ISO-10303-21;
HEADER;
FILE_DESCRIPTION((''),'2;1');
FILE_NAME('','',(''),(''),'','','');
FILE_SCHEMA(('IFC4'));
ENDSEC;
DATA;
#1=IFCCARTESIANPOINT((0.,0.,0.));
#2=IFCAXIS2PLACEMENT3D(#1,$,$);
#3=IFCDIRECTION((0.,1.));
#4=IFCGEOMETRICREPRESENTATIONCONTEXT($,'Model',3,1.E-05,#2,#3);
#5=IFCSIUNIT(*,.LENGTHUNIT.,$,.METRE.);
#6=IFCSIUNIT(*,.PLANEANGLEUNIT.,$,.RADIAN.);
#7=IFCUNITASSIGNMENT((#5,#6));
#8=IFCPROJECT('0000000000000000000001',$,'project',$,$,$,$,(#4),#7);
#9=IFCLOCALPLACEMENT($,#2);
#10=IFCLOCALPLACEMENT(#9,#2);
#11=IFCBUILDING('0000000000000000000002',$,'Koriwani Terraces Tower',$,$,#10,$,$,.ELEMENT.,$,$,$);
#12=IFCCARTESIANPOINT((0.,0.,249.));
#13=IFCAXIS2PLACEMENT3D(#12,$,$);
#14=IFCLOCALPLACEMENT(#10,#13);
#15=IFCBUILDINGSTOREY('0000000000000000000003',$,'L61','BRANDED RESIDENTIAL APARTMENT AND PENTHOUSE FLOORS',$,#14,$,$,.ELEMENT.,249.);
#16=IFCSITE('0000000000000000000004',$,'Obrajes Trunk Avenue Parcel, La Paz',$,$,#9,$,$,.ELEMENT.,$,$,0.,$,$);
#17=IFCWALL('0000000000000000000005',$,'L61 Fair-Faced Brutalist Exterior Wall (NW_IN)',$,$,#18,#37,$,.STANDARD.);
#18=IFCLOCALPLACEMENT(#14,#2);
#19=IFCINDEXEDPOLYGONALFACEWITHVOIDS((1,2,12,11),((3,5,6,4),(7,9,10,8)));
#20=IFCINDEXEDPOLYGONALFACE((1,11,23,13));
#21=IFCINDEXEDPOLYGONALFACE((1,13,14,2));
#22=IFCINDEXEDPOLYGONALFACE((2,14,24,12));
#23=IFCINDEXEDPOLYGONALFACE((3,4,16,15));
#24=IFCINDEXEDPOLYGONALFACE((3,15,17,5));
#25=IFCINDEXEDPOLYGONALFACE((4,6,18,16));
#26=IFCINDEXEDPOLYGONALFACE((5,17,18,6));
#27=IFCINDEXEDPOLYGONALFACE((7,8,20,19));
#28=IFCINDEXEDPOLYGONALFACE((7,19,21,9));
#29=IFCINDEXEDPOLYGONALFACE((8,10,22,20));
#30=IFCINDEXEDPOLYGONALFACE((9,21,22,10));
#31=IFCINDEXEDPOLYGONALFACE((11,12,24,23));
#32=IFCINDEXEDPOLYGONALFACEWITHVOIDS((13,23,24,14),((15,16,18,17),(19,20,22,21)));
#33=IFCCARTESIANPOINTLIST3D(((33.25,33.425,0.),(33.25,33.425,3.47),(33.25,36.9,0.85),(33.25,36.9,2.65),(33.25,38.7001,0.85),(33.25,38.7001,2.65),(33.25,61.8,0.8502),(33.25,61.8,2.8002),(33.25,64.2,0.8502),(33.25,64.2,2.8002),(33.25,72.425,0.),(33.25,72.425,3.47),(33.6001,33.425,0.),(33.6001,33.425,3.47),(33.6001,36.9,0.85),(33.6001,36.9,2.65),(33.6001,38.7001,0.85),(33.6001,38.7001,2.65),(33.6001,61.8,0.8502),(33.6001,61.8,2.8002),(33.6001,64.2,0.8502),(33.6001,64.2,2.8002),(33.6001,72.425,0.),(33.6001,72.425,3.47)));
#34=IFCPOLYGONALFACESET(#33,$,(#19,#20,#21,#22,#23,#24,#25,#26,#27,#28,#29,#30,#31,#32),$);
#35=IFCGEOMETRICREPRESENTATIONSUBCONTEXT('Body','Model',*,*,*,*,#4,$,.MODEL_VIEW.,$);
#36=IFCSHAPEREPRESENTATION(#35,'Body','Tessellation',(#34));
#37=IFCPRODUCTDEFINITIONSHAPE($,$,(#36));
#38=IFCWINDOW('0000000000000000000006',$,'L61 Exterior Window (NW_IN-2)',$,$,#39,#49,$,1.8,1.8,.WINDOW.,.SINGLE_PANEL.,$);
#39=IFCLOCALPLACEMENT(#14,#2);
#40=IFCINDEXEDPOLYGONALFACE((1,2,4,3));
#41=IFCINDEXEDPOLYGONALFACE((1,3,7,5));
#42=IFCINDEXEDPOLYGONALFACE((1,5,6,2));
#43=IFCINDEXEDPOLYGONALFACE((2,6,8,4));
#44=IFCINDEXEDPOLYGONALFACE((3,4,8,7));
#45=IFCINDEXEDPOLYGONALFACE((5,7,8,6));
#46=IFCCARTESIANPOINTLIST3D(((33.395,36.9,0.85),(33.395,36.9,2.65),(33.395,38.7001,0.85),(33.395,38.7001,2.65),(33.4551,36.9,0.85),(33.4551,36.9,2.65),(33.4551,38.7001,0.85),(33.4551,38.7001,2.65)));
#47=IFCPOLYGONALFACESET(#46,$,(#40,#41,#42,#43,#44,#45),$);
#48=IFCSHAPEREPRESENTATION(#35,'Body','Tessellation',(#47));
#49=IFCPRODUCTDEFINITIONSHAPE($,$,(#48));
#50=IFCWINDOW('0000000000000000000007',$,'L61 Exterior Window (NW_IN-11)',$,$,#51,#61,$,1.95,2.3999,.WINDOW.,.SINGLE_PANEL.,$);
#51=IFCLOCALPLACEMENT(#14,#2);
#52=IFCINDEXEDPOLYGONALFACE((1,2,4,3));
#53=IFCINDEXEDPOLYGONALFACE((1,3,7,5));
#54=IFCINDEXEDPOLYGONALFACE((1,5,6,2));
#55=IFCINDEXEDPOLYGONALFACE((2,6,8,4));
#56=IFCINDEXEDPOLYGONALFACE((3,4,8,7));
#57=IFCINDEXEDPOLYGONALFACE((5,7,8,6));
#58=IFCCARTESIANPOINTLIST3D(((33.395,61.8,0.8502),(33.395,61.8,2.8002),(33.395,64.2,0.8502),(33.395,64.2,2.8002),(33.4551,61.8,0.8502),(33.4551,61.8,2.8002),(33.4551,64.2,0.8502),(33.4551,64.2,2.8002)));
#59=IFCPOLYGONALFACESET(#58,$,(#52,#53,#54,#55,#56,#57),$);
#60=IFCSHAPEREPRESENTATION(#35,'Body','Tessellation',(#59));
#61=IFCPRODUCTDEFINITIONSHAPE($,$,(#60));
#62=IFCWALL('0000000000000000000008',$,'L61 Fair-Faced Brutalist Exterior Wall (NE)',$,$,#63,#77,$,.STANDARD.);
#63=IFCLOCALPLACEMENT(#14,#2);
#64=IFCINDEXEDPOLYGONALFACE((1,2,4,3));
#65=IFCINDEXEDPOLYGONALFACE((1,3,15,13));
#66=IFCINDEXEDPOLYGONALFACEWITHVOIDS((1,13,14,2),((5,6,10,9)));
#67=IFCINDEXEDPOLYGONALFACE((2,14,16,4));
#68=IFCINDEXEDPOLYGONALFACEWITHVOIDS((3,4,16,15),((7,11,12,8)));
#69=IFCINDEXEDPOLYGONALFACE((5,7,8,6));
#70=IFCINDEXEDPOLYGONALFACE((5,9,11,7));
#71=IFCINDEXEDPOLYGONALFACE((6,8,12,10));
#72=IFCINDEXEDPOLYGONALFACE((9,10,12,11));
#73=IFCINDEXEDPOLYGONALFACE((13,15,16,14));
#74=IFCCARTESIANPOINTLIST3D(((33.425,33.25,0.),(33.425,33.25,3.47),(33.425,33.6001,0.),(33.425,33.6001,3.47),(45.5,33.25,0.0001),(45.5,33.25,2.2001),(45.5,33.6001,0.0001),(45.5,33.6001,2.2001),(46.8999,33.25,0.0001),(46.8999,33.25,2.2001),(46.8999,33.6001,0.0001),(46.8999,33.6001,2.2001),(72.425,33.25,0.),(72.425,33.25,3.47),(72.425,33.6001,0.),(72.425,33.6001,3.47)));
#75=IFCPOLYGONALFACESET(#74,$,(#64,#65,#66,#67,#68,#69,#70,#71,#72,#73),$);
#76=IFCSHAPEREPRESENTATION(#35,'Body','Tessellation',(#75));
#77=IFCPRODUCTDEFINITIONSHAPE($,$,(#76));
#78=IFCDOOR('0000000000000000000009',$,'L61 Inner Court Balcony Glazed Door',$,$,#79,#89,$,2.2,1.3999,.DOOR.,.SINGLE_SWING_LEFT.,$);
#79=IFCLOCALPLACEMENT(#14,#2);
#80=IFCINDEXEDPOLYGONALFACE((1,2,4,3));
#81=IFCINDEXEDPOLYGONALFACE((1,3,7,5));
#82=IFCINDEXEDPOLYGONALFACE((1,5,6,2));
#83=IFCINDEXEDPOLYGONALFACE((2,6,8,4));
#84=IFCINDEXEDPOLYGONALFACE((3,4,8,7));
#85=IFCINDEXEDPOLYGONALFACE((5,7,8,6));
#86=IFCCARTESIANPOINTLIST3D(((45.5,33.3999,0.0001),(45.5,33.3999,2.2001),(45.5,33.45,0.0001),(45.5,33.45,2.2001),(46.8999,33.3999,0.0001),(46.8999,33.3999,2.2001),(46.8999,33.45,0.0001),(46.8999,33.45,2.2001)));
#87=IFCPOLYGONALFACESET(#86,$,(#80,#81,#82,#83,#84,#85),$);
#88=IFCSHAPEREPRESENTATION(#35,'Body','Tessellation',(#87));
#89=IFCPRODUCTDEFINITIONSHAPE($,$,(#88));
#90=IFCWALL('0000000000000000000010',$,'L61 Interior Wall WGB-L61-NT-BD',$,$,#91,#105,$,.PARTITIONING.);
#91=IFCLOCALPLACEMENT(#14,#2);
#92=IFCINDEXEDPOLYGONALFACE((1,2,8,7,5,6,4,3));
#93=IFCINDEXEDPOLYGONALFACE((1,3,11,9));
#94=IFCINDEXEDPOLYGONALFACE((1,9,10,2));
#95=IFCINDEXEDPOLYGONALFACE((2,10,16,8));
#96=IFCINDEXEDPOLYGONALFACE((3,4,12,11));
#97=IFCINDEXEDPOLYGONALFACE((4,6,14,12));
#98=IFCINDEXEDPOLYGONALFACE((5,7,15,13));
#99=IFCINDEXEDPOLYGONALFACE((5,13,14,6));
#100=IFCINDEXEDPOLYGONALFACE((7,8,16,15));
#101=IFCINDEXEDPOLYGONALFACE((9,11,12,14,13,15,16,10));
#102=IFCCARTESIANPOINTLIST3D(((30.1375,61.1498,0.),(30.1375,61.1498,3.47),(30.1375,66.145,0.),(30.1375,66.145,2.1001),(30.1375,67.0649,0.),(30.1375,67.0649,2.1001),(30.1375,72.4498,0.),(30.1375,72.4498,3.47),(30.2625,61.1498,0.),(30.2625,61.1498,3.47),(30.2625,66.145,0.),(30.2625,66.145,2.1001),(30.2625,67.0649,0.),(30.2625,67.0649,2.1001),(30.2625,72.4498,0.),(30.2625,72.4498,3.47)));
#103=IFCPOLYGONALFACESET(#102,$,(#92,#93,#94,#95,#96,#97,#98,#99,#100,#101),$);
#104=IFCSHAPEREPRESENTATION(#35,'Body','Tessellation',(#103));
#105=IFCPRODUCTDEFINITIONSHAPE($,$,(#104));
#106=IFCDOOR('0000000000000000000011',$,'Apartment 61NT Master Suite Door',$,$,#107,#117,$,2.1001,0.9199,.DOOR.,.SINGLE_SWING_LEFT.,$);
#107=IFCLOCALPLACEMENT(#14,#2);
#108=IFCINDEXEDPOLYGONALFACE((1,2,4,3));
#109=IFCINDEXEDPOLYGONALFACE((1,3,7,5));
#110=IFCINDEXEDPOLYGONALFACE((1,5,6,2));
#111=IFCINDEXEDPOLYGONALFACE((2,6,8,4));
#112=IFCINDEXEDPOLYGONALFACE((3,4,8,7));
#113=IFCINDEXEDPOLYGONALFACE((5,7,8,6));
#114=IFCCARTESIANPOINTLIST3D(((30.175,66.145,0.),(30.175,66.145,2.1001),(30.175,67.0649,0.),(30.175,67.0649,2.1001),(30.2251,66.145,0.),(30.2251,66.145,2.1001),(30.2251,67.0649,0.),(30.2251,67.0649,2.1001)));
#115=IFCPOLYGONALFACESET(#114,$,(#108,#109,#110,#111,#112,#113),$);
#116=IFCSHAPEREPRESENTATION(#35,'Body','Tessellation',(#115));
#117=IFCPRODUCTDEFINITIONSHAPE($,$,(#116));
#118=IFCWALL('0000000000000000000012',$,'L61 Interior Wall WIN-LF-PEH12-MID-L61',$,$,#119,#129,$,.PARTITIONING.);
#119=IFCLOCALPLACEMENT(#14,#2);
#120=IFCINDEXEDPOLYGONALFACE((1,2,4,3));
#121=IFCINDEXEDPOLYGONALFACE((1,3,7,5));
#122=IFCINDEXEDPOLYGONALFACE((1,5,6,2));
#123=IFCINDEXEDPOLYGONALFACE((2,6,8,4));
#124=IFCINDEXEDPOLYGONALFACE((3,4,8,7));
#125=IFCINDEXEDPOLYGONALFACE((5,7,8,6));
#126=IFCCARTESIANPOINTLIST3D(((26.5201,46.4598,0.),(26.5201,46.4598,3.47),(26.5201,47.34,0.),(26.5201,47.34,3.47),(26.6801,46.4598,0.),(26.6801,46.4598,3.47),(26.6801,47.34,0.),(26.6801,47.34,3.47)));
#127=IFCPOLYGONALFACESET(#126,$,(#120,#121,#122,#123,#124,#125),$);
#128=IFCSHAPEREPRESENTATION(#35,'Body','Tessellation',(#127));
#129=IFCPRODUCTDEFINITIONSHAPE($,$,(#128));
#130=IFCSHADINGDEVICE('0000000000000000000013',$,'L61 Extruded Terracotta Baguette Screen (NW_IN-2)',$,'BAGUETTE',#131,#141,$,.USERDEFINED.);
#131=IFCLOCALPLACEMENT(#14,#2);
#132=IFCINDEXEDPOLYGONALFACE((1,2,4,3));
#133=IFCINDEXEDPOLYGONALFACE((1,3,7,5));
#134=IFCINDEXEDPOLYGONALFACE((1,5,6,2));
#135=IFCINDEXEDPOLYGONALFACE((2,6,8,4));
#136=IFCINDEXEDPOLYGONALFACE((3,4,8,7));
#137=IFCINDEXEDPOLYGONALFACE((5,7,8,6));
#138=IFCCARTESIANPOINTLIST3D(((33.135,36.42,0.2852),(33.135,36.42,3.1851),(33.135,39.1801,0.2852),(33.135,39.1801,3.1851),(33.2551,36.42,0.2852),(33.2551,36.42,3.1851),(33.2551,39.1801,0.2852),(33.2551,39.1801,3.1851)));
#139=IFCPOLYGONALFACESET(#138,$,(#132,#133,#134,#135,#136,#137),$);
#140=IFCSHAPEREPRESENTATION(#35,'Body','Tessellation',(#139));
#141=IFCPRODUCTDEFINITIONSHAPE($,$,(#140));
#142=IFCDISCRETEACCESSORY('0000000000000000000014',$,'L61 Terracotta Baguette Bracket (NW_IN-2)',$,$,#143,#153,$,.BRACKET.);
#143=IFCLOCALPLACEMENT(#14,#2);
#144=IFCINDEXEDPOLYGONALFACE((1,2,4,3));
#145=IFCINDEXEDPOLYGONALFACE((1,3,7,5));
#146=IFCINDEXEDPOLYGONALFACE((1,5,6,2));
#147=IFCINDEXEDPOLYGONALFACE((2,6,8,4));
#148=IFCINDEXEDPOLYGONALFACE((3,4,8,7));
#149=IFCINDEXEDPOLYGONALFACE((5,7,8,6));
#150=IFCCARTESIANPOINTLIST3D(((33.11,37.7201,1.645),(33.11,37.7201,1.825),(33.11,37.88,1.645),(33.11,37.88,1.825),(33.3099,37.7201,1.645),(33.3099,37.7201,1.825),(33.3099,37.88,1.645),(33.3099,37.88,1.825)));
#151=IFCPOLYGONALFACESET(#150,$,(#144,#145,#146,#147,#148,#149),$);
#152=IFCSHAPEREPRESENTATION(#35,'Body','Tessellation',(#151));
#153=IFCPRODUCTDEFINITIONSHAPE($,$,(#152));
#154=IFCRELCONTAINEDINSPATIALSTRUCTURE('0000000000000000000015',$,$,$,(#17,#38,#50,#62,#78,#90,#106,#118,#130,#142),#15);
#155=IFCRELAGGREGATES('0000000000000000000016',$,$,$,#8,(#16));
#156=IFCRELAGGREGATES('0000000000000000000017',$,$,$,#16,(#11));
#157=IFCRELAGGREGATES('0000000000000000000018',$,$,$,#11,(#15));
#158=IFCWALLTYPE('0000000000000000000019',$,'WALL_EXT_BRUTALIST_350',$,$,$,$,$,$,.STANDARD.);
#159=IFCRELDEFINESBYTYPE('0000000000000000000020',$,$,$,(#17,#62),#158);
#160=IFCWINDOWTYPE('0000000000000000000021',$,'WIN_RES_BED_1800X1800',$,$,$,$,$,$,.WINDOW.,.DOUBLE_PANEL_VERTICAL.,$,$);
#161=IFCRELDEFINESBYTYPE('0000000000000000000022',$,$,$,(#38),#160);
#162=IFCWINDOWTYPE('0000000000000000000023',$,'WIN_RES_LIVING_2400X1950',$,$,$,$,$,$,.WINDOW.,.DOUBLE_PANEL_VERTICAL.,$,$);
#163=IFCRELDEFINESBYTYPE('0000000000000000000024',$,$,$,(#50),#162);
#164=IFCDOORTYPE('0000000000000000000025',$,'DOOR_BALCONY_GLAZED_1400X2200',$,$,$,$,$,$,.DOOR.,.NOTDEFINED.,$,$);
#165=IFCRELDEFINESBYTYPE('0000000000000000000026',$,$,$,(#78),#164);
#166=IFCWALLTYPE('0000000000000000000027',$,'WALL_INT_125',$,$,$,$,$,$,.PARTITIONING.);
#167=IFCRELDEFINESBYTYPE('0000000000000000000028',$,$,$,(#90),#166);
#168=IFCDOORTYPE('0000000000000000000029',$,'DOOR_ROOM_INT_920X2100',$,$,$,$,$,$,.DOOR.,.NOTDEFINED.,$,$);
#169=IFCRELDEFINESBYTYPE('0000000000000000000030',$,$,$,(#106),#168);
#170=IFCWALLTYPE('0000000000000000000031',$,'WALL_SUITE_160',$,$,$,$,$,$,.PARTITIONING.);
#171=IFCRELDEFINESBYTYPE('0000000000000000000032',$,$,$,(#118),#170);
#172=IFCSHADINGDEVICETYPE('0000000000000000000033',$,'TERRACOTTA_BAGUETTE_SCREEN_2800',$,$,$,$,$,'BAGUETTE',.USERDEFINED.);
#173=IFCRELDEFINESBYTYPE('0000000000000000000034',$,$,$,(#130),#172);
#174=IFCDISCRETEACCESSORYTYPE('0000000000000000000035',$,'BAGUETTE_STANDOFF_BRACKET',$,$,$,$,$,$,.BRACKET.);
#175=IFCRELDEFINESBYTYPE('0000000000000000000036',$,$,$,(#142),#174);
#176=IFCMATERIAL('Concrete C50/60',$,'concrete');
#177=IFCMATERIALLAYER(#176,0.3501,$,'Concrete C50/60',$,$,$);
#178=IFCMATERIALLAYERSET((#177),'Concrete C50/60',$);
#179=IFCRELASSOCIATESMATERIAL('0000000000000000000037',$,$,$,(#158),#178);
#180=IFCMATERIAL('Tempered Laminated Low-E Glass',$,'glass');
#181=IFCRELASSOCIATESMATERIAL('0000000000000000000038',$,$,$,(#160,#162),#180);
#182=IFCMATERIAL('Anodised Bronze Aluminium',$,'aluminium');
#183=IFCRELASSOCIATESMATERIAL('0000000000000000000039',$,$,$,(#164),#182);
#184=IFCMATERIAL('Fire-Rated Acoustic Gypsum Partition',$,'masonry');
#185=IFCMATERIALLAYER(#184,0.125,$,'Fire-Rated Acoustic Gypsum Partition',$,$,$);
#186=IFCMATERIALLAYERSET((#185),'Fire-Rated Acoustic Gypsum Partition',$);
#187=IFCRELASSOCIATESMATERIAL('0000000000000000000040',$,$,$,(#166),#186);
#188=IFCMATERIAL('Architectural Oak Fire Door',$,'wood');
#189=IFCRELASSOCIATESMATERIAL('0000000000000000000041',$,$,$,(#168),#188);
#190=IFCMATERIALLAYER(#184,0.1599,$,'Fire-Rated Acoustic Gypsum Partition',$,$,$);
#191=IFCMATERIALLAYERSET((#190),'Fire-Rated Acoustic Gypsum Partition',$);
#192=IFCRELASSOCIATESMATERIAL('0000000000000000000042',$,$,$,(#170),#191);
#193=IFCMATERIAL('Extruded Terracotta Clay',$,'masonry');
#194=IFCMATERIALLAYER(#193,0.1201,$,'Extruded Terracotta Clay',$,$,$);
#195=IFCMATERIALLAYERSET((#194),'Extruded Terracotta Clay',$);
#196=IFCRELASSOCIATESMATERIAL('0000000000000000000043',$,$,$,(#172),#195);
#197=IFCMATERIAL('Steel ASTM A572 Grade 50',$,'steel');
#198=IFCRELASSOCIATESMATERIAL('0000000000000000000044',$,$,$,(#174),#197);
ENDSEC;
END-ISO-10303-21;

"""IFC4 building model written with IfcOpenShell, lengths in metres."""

from ifc_helpers import new_model, si_unit, direction, frame, frame_2d, origin, origin_2d, place, context, subcontext, project, spatial, rectangle, extrude, material, layer, layer_set, type_object, element, fill, save


model = new_model("IFC4")

# Units and contexts
model_context = context("Model", 3, precision=1e-05, world=origin(), true_north=direction((0.0, 1.0)))
body_context = subcontext(model_context, "Body", "Model", "MODEL_VIEW")
ifc_project = project(units=[si_unit("LENGTHUNIT", "METRE"), si_unit("PLANEANGLEUNIT", "RADIAN")], contexts=[model_context])

# Site, building, storey
site_placement = place(None, origin())
site = spatial("IfcSite", under=ifc_project, at=site_placement, Name="Obrajes Trunk Avenue Parcel, La Paz", CompositionType="ELEMENT", RefElevation=0.0)
building_placement = place(site_placement, origin())
building = spatial("IfcBuilding", under=site, at=building_placement, Name="Koriwani Terraces Tower", CompositionType="ELEMENT")
storey_placement = place(building_placement, frame((0.0, 0.0, 249.0)))
storey = spatial("IfcBuildingStorey", under=building, at=storey_placement, Name="L61", Description="BRANDED RESIDENTIAL APARTMENT AND PENTHOUSE FLOORS", CompositionType="ELEMENT", Elevation=249.0)

# Shared definitions
ifc_material_1 = material(Name="Concrete C50/60", Category="concrete")

# Shared definitions
ifc_material_2 = material(Name="Steel ASTM A572 Grade 50", Category="steel")

# Shared definitions
ifc_layer_1 = layer(ifc_material_1, 0.3501, Name="Concrete C50/60")
ifc_layer_set_1 = layer_set([ifc_layer_1], Name="Concrete C50/60")
wall_type_1 = type_object("IfcWallType", Name="WALL_EXT_BRUTALIST_350", PredefinedType="STANDARD", material=ifc_layer_set_1)

# Shared definitions
ifc_material_3 = material(Name="Tempered Laminated Low-E Glass", Category="glass")
window_type_1 = type_object("IfcWindowType", Name="WIN_RES_BED_1800X1800", PartitioningType="DOUBLE_PANEL_VERTICAL", PredefinedType="WINDOW", material=ifc_material_3)

# Wall, openings, windows
wall_1_placement = place(storey_placement, frame((33.425, 72.425, 0.0), z_axis=(0.0, 0.0, 1.0), x_axis=(0.0, -1.0, 0.0)))
wall_1 = element("IfcWall", 1, at=wall_1_placement, inside=storey, type_object=wall_type_1, Name="L61 Fair-Faced Brutalist Exterior Wall (NW_IN)", PredefinedType="STANDARD", context=body_context, shape_type="SweptSolid", body=[
    extrude(rectangle(XDim=39.0, YDim=0.3501, at=frame_2d((19.5, 0.0))), origin(), (0.0, 0.0, 1.0), 3.47),
])
opening_1_placement = place(wall_1_placement, frame((33.7251, 0.0, 0.8501)))
opening_1 = element("IfcOpeningElement", 2, at=opening_1_placement, cuts=wall_1, PredefinedType="OPENING", context=body_context, shape_type="SweptSolid", body=[
    extrude(rectangle(XDim=1.8, YDim=1.8, at=frame_2d((0.8999, 0.8999))), frame((0.0, 0.1851, 0.0), z_axis=(0.0, -1.0, 0.0), x_axis=(1.0, 0.0, 0.0)), (0.0, 0.0, 1.0), 0.3701),
])
opening_2_placement = place(wall_1_placement, frame((8.2251, 0.0, 0.8501)))
opening_2 = element("IfcOpeningElement", 3, at=opening_2_placement, cuts=wall_1, PredefinedType="OPENING", context=body_context, shape_type="SweptSolid", body=[
    extrude(rectangle(XDim=2.3999, YDim=1.95, at=frame_2d((1.2, 0.9751))), frame((0.0, 0.1851, 0.0), z_axis=(0.0, -1.0, 0.0), x_axis=(1.0, 0.0, 0.0)), (0.0, 0.0, 1.0), 0.3701),
])
window_1_placement = place(opening_1_placement, origin())
window_1 = element("IfcWindow", 4, at=window_1_placement, inside=storey, type_object=window_type_1, Name="L61 Exterior Window (NW_IN-2)", OverallHeight=1.8, OverallWidth=1.8, PartitioningType="SINGLE_PANEL", PredefinedType="WINDOW", context=body_context, shape_type="SweptSolid", body=[
    extrude(rectangle(XDim=1.8, YDim=1.8, at=frame_2d((0.8999, 0.8999))), frame((0.0, 0.03, 0.0), z_axis=(0.0, -1.0, 0.0), x_axis=(1.0, 0.0, 0.0)), (0.0, 0.0, 1.0), 0.0601),
])
fill(opening_1, window_1)
window_type_2 = type_object("IfcWindowType", Name="WIN_RES_LIVING_2400X1950", PartitioningType="DOUBLE_PANEL_VERTICAL", PredefinedType="WINDOW", material=ifc_material_3)
window_2_placement = place(opening_2_placement, origin())
window_2 = element("IfcWindow", 5, at=window_2_placement, inside=storey, type_object=window_type_2, Name="L61 Exterior Window (NW_IN-11)", OverallHeight=1.95, OverallWidth=2.3999, PartitioningType="SINGLE_PANEL", PredefinedType="WINDOW", context=body_context, shape_type="SweptSolid", body=[
    extrude(rectangle(XDim=2.3999, YDim=1.95, at=frame_2d((1.2, 0.9751))), frame((0.0, 0.03, 0.0), z_axis=(0.0, -1.0, 0.0), x_axis=(1.0, 0.0, 0.0)), (0.0, 0.0, 1.0), 0.0601),
])
fill(opening_2, window_2)

# Walls, openings, doors
wall_2_placement = place(storey_placement, frame((33.425, 33.425, 0.0), z_axis=(0.0, 0.0, 1.0), x_axis=(1.0, 0.0, 0.0)))
wall_2 = element("IfcWall", 6, at=wall_2_placement, inside=storey, type_object=wall_type_1, Name="L61 Fair-Faced Brutalist Exterior Wall (NE)", PredefinedType="STANDARD", context=body_context, shape_type="SweptSolid", body=[
    extrude(rectangle(XDim=39.0, YDim=0.3501, at=frame_2d((19.5, 0.0))), origin(), (0.0, 0.0, 1.0), 3.47),
])
opening_3_placement = place(wall_2_placement, frame((12.075, 0.0, 0.0)))
opening_3 = element("IfcOpeningElement", 7, at=opening_3_placement, cuts=wall_2, PredefinedType="OPENING", context=body_context, shape_type="SweptSolid", body=[
    extrude(rectangle(XDim=1.3999, YDim=2.2, at=frame_2d((0.7, 1.1001))), frame((0.0, 0.1851, 0.0), z_axis=(0.0, -1.0, 0.0), x_axis=(1.0, 0.0, 0.0)), (0.0, 0.0, 1.0), 0.3701),
])
ifc_material_4 = material(Name="Anodised Bronze Aluminium", Category="aluminium")
door_type_1 = type_object("IfcDoorType", Name="DOOR_BALCONY_GLAZED_1400X2200", OperationType="NOTDEFINED", PredefinedType="DOOR", material=ifc_material_4)
door_1_placement = place(opening_3_placement, origin())
door_1 = element("IfcDoor", 8, at=door_1_placement, inside=storey, type_object=door_type_1, Name="L61 Inner Court Balcony Glazed Door", OperationType="SINGLE_SWING_LEFT", OverallHeight=2.2, OverallWidth=1.3999, PredefinedType="DOOR", context=body_context, shape_type="SweptSolid", body=[
    extrude(rectangle(XDim=1.3999, YDim=2.2, at=frame_2d((0.7, 1.1001))), frame((0.0, 0.0249, 0.0), z_axis=(0.0, -1.0, 0.0), x_axis=(1.0, 0.0, 0.0)), (0.0, 0.0, 1.0), 0.05),
])
fill(opening_3, door_1)
ifc_material_5 = material(Name="Fire-Rated Acoustic Gypsum Partition", Category="masonry")
ifc_layer_2 = layer(ifc_material_5, 0.125, Name="Fire-Rated Acoustic Gypsum Partition")
ifc_layer_set_2 = layer_set([ifc_layer_2], Name="Fire-Rated Acoustic Gypsum Partition")
wall_type_2 = type_object("IfcWallType", Name="WALL_INT_125", PredefinedType="PARTITIONING", material=ifc_layer_set_2)
wall_3_placement = place(storey_placement, frame((30.2, 61.1499, 0.0), z_axis=(0.0, 0.0, 1.0), x_axis=(0.0, 1.0, 0.0)))
wall_3 = element("IfcWall", 9, at=wall_3_placement, inside=storey, type_object=wall_type_2, Name="L61 Interior Wall WGB-L61-NT-BD", PredefinedType="PARTITIONING", context=body_context, shape_type="SweptSolid", body=[
    extrude(rectangle(XDim=11.3, YDim=0.125, at=frame_2d((5.6499, 0.0))), origin(), (0.0, 0.0, 1.0), 3.47),
])
opening_4_placement = place(wall_3_placement, frame((4.9951, 0.0, 0.0)))
opening_4 = element("IfcOpeningElement", 10, at=opening_4_placement, cuts=wall_3, PredefinedType="OPENING", context=body_context, shape_type="SweptSolid", body=[
    extrude(rectangle(XDim=0.9199, YDim=2.1001, at=frame_2d((0.46, 1.05))), frame((0.0, 0.0725, 0.0), z_axis=(0.0, -1.0, 0.0), x_axis=(1.0, 0.0, 0.0)), (0.0, 0.0, 1.0), 0.145),
])
ifc_material_6 = material(Name="Architectural Oak Fire Door", Category="wood")
door_type_2 = type_object("IfcDoorType", Name="DOOR_ROOM_INT_920X2100", OperationType="NOTDEFINED", PredefinedType="DOOR", material=ifc_material_6)
door_2_placement = place(opening_4_placement, origin())
door_2 = element("IfcDoor", 11, at=door_2_placement, inside=storey, type_object=door_type_2, Name="Apartment 61NT Master Suite Door", OperationType="SINGLE_SWING_LEFT", OverallHeight=2.1001, OverallWidth=0.9199, PredefinedType="DOOR", context=body_context, shape_type="SweptSolid", body=[
    extrude(rectangle(XDim=0.9199, YDim=2.1001, at=frame_2d((0.46, 1.05))), frame((0.0, 0.0249, 0.0), z_axis=(0.0, -1.0, 0.0), x_axis=(1.0, 0.0, 0.0)), (0.0, 0.0, 1.0), 0.05),
])
fill(opening_4, door_2)

# Wall
ifc_layer_3 = layer(ifc_material_5, 0.1599, Name="Fire-Rated Acoustic Gypsum Partition")
ifc_layer_set_3 = layer_set([ifc_layer_3], Name="Fire-Rated Acoustic Gypsum Partition")
wall_type_3 = type_object("IfcWallType", Name="WALL_SUITE_160", PredefinedType="PARTITIONING", material=ifc_layer_set_3)
wall_4_placement = place(storey_placement, frame((26.6001, 46.46, 0.0), z_axis=(0.0, 0.0, 1.0), x_axis=(0.0, 1.0, 0.0)))
element("IfcWall", 12, at=wall_4_placement, inside=storey, type_object=wall_type_3, Name="L61 Interior Wall WIN-LF-PEH12-MID-L61", PredefinedType="PARTITIONING", context=body_context, shape_type="SweptSolid", body=[
    extrude(rectangle(XDim=0.8801, YDim=0.1599, at=frame_2d((0.4399, 0.0))), origin(), (0.0, 0.0, 1.0), 3.47),
])

# Shading device
ifc_material_7 = material(Name="Extruded Terracotta Clay", Category="masonry")
ifc_layer_4 = layer(ifc_material_7, 0.1201, Name="Extruded Terracotta Clay")
ifc_layer_set_4 = layer_set([ifc_layer_4], Name="Extruded Terracotta Clay")
shading_device_type = type_object("IfcShadingDeviceType", Name="TERRACOTTA_BAGUETTE_SCREEN_2800", ElementType="BAGUETTE", PredefinedType="USERDEFINED", material=ifc_layer_set_4)
shading_device_placement = place(storey_placement, frame((33.1951, 37.8, 0.2852), z_axis=(0.0, 0.0, 1.0), x_axis=(0.0, -1.0, 0.0)))
element("IfcShadingDevice", 13, at=shading_device_placement, inside=storey, type_object=shading_device_type, Name="L61 Extruded Terracotta Baguette Screen (NW_IN-2)", ObjectType="BAGUETTE", PredefinedType="USERDEFINED", context=body_context, shape_type="SweptSolid", body=[
    extrude(rectangle(XDim=2.76, YDim=0.1201, at=origin_2d()), origin(), (0.0, 0.0, 1.0), 2.8999),
])

# Discrete accessory
discrete_accessory_type = type_object("IfcDiscreteAccessoryType", Name="BAGUETTE_STANDOFF_BRACKET", PredefinedType="BRACKET", material=ifc_material_2)
discrete_accessory_placement = place(storey_placement, frame((33.21, 37.8, 1.645), z_axis=(0.0, 0.0, 1.0), x_axis=(0.0, -1.0, 0.0)))
element("IfcDiscreteAccessory", 14, at=discrete_accessory_placement, inside=storey, type_object=discrete_accessory_type, Name="L61 Terracotta Baguette Bracket (NW_IN-2)", PredefinedType="BRACKET", context=body_context, shape_type="SweptSolid", body=[
    extrude(rectangle(XDim=0.1599, YDim=0.2, at=origin_2d()), origin(), (0.0, 0.0, 1.0), 0.1799),
])

save(model, "model.ifc")
